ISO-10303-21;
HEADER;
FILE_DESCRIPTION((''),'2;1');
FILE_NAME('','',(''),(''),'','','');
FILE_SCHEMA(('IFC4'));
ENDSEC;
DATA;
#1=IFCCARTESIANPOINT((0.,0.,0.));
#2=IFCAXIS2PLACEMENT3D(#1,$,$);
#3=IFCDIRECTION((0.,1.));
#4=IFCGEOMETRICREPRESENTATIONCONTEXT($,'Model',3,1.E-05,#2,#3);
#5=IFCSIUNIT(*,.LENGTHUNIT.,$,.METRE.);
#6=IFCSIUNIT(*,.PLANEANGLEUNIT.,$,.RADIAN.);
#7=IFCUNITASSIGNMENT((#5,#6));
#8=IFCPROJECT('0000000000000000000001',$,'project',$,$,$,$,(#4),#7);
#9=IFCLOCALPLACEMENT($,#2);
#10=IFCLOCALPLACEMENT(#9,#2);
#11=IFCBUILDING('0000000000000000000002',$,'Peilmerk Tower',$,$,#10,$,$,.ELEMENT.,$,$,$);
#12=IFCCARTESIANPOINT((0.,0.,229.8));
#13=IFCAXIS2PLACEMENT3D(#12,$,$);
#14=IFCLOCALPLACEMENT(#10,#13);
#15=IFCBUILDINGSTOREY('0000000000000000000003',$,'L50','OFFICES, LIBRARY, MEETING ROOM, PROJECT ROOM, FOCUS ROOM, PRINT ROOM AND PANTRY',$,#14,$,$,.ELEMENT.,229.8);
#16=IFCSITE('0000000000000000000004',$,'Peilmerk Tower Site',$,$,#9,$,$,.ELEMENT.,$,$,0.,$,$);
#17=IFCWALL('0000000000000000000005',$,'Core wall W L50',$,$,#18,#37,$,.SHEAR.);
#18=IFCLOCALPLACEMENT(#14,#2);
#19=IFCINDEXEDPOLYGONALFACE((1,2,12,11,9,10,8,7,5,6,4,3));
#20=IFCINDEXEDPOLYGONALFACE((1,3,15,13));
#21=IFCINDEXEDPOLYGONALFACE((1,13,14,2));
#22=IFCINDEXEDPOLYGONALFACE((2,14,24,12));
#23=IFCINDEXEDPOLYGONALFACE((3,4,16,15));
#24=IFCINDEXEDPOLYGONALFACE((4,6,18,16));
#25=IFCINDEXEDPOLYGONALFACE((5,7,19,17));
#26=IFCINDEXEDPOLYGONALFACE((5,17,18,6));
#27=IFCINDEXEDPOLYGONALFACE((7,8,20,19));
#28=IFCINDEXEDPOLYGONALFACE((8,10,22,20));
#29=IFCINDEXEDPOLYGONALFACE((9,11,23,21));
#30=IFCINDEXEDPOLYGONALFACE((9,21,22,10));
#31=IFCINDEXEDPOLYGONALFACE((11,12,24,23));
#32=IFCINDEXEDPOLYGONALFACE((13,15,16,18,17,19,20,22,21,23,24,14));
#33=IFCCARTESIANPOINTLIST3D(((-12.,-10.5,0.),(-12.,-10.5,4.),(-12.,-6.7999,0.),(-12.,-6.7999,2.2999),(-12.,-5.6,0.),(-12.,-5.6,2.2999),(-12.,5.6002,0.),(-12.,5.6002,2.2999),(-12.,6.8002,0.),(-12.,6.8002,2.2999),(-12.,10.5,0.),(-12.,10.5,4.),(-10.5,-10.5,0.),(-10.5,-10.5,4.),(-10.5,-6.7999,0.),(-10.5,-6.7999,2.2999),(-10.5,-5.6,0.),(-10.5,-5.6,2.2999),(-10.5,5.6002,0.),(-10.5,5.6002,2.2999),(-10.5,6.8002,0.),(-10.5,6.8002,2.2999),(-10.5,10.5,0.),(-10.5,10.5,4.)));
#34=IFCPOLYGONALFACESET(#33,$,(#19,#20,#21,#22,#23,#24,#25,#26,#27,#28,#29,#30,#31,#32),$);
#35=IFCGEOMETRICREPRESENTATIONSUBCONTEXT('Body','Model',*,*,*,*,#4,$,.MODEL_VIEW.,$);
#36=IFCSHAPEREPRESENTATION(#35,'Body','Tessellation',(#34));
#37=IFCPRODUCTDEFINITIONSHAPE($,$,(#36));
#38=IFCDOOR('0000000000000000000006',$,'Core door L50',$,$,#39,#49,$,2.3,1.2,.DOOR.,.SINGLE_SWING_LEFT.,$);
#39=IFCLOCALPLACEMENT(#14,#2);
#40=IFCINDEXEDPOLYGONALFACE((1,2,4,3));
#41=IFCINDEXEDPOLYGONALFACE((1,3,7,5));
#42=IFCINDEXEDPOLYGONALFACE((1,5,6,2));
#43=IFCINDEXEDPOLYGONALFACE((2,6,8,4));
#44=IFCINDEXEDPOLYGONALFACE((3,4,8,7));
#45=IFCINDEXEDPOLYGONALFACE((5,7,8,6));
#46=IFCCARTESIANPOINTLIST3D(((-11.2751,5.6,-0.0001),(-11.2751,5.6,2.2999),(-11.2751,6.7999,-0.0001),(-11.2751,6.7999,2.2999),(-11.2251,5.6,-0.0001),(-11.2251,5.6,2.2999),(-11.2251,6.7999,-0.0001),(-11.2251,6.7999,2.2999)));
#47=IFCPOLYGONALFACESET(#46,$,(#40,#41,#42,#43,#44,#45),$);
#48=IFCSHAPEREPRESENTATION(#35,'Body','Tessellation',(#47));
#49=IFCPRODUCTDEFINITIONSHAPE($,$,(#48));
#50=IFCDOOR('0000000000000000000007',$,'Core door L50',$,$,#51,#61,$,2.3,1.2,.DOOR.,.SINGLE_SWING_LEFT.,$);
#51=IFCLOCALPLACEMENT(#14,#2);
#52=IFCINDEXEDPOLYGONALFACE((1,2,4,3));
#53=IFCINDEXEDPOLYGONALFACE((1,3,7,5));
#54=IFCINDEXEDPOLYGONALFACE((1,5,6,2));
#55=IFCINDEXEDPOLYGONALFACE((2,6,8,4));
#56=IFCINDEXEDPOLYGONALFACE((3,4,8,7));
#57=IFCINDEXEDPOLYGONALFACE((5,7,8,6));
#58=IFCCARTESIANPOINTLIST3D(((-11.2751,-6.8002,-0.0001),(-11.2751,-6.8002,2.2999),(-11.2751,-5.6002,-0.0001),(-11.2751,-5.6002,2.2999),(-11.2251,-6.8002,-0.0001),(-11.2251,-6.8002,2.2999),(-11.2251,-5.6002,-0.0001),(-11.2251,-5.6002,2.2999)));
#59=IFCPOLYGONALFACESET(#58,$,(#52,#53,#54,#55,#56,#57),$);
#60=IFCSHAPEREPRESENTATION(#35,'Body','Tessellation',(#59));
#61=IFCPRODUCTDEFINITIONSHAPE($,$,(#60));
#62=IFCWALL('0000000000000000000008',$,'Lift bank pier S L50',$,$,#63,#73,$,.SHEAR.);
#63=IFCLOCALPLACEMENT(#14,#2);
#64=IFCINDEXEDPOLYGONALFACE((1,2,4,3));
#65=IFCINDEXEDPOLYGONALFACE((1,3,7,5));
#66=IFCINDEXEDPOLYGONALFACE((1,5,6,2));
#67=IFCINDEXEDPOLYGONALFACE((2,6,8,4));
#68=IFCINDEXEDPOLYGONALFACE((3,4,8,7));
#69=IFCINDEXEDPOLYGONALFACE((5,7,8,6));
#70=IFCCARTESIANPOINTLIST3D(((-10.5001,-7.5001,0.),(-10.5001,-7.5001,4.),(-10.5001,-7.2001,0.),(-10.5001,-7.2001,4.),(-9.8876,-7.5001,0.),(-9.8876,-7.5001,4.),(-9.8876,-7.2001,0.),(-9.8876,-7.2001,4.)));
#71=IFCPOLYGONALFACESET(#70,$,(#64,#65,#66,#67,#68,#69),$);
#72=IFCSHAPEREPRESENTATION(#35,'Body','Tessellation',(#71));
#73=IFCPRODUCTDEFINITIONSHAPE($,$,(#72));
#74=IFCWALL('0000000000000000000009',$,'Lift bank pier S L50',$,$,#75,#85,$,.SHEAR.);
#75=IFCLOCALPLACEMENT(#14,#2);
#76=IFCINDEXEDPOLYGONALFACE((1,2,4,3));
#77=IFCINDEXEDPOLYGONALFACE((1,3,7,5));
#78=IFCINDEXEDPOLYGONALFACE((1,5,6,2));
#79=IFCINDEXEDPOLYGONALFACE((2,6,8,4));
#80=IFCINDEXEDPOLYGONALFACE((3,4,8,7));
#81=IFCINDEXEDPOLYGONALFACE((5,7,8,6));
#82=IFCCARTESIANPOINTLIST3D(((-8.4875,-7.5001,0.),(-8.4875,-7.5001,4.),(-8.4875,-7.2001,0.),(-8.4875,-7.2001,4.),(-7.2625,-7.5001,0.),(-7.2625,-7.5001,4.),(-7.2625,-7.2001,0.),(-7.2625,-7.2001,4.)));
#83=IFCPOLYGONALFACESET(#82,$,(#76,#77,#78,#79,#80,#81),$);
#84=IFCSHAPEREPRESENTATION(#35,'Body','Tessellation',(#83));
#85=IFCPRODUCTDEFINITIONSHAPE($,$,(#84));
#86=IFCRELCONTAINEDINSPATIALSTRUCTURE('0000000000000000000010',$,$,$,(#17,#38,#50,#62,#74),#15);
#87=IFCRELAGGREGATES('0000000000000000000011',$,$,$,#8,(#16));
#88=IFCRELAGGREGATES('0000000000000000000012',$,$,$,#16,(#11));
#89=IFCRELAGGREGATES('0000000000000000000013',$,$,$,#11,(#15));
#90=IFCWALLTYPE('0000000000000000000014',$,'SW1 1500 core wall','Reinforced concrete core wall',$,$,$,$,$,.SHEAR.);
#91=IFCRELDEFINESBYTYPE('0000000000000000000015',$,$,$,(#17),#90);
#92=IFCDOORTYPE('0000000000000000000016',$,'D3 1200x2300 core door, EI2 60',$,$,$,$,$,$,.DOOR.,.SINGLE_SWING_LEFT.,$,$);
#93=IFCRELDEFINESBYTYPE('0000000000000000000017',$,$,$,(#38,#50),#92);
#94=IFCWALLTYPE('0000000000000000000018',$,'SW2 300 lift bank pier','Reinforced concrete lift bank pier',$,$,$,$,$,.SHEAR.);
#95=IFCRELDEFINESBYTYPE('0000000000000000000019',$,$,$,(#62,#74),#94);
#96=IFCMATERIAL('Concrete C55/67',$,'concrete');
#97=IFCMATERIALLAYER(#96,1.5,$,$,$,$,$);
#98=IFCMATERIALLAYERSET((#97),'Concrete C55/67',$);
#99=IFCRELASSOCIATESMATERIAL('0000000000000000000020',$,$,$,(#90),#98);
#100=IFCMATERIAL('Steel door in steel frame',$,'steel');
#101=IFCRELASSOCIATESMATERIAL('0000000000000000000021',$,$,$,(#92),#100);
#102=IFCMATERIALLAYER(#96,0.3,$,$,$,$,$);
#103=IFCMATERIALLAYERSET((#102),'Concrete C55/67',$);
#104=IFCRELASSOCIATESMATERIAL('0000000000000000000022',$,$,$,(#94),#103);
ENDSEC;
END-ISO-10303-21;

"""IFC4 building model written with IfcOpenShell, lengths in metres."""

from ifc_helpers import new_model, si_unit, direction, frame, frame_2d, origin, place, context, subcontext, project, spatial, rectangle, extrude, material, layer, layer_set, type_object, element, fill, save


model = new_model("IFC4")

# Units and contexts
model_context = context("Model", 3, precision=1e-05, world=origin(), true_north=direction((0.0, 1.0)))
body_context = subcontext(model_context, "Body", "Model", "MODEL_VIEW")
ifc_project = project(units=[si_unit("LENGTHUNIT", "METRE"), si_unit("PLANEANGLEUNIT", "RADIAN")], contexts=[model_context])

# Site, building, storey
site_placement = place(None, origin())
site = spatial("IfcSite", under=ifc_project, at=site_placement, Name="Peilmerk Tower Site", CompositionType="ELEMENT", RefElevation=0.0)
building_placement = place(site_placement, origin())
building = spatial("IfcBuilding", under=site, at=building_placement, Name="Peilmerk Tower", CompositionType="ELEMENT")
storey_placement = place(building_placement, frame((0.0, 0.0, 229.8)))
storey = spatial("IfcBuildingStorey", under=building, at=storey_placement, Name="L50", Description="OFFICES, LIBRARY, MEETING ROOM, PROJECT ROOM, FOCUS ROOM, PRINT ROOM AND PANTRY", CompositionType="ELEMENT", Elevation=229.8)

# Wall, openings, doors
ifc_material_1 = material(Name="Concrete C55/67", Category="concrete")
ifc_layer_1 = layer(ifc_material_1, 1.5)
ifc_layer_set_1 = layer_set([ifc_layer_1], Name="Concrete C55/67")
wall_type_1 = type_object("IfcWallType", Name="SW1 1500 core wall", Description="Reinforced concrete core wall", PredefinedType="SHEAR", material=ifc_layer_set_1)
wall_1_placement = place(storey_placement, frame((-11.25, -10.5, 0.0), z_axis=(0.0, 0.0, 1.0), x_axis=(0.0, 1.0, 0.0)))
wall_1 = element("IfcWall", 1, at=wall_1_placement, inside=storey, type_object=wall_type_1, Name="Core wall W L50", PredefinedType="SHEAR", context=body_context, shape_type="SweptSolid", body=[
    extrude(rectangle(XDim=21.0, YDim=1.5, at=frame_2d((10.5, 0.0))), origin(), (0.0, 0.0, 1.0), 4.0),
])
opening_1_placement = place(wall_1_placement, frame((16.1001, 0.0, 0.0)))
opening_1 = element("IfcOpeningElement", 2, at=opening_1_placement, cuts=wall_1, PredefinedType="OPENING", context=body_context, shape_type="SweptSolid", body=[
    extrude(rectangle(XDim=1.2, YDim=2.3, at=frame_2d((0.6001, 1.1499))), frame((0.0, 0.76, 0.0), z_axis=(0.0, -1.0, 0.0), x_axis=(1.0, 0.0, 0.0)), (0.0, 0.0, 1.0), 1.52),
])
opening_2_placement = place(wall_1_placement, frame((3.7, 0.0, 0.0)))
opening_2 = element("IfcOpeningElement", 3, at=opening_2_placement, cuts=wall_1, PredefinedType="OPENING", context=body_context, shape_type="SweptSolid", body=[
    extrude(rectangle(XDim=1.2, YDim=2.3, at=frame_2d((0.6001, 1.1499))), frame((0.0, 0.76, 0.0), z_axis=(0.0, -1.0, 0.0), x_axis=(1.0, 0.0, 0.0)), (0.0, 0.0, 1.0), 1.52),
])
ifc_material_2 = material(Name="Steel door in steel frame", Category="steel")
door_type_1 = type_object("IfcDoorType", Name="D3 1200x2300 core door, EI2 60", OperationType="SINGLE_SWING_LEFT", PredefinedType="DOOR", material=ifc_material_2)
door_1_placement = place(opening_1_placement, frame((1.2, 0.0, 0.0), z_axis=(0.0, 0.0, 1.0), x_axis=(-1.0, 0.0, 0.0)))
door_1 = element("IfcDoor", 4, at=door_1_placement, inside=storey, type_object=door_type_1, Name="Core door L50", OperationType="SINGLE_SWING_LEFT", OverallHeight=2.3, OverallWidth=1.2, PredefinedType="DOOR", context=body_context, shape_type="SweptSolid", body=[
    extrude(rectangle(XDim=1.2, YDim=2.3, at=frame_2d((0.6001, 1.1499))), frame((0.0, 0.0249, 0.0), z_axis=(0.0, -1.0, 0.0), x_axis=(1.0, 0.0, 0.0)), (0.0, 0.0, 1.0), 0.05),
])
fill(opening_1, door_1)
door_2_placement = place(opening_2_placement, frame((1.2, 0.0, 0.0), z_axis=(0.0, 0.0, 1.0), x_axis=(-1.0, 0.0, 0.0)))
door_2 = element("IfcDoor", 5, at=door_2_placement, inside=storey, type_object=door_type_1, Name="Core door L50", OperationType="SINGLE_SWING_LEFT", OverallHeight=2.3, OverallWidth=1.2, PredefinedType="DOOR", context=body_context, shape_type="SweptSolid", body=[
    extrude(rectangle(XDim=1.2, YDim=2.3, at=frame_2d((0.6001, 1.1499))), frame((0.0, 0.0249, 0.0), z_axis=(0.0, -1.0, 0.0), x_axis=(1.0, 0.0, 0.0)), (0.0, 0.0, 1.0), 0.05),
])
fill(opening_2, door_2)

# Walls
ifc_layer_2 = layer(ifc_material_1, 0.3)
ifc_layer_set_2 = layer_set([ifc_layer_2], Name="Concrete C55/67")
wall_type_2 = type_object("IfcWallType", Name="SW2 300 lift bank pier", Description="Reinforced concrete lift bank pier", PredefinedType="SHEAR", material=ifc_layer_set_2)
wall_2_placement = place(storey_placement, frame((-10.5, -7.3501, 0.0), z_axis=(0.0, 0.0, 1.0), x_axis=(1.0, 0.0, 0.0)))
element("IfcWall", 6, at=wall_2_placement, inside=storey, type_object=wall_type_2, Name="Lift bank pier S L50", PredefinedType="SHEAR", context=body_context, shape_type="SweptSolid", body=[
    extrude(rectangle(XDim=0.6125, YDim=0.3, at=frame_2d((0.3062, 0.0))), origin(), (0.0, 0.0, 1.0), 4.0),
])
wall_3_placement = place(storey_placement, frame((-8.4875, -7.3501, 0.0), z_axis=(0.0, 0.0, 1.0), x_axis=(1.0, 0.0, 0.0)))
element("IfcWall", 7, at=wall_3_placement, inside=storey, type_object=wall_type_2, Name="Lift bank pier S L50", PredefinedType="SHEAR", context=body_context, shape_type="SweptSolid", body=[
    extrude(rectangle(XDim=1.2251, YDim=0.3, at=frame_2d((0.6125, 0.0))), origin(), (0.0, 0.0, 1.0), 4.0),
])

save(model, "model.ifc")
